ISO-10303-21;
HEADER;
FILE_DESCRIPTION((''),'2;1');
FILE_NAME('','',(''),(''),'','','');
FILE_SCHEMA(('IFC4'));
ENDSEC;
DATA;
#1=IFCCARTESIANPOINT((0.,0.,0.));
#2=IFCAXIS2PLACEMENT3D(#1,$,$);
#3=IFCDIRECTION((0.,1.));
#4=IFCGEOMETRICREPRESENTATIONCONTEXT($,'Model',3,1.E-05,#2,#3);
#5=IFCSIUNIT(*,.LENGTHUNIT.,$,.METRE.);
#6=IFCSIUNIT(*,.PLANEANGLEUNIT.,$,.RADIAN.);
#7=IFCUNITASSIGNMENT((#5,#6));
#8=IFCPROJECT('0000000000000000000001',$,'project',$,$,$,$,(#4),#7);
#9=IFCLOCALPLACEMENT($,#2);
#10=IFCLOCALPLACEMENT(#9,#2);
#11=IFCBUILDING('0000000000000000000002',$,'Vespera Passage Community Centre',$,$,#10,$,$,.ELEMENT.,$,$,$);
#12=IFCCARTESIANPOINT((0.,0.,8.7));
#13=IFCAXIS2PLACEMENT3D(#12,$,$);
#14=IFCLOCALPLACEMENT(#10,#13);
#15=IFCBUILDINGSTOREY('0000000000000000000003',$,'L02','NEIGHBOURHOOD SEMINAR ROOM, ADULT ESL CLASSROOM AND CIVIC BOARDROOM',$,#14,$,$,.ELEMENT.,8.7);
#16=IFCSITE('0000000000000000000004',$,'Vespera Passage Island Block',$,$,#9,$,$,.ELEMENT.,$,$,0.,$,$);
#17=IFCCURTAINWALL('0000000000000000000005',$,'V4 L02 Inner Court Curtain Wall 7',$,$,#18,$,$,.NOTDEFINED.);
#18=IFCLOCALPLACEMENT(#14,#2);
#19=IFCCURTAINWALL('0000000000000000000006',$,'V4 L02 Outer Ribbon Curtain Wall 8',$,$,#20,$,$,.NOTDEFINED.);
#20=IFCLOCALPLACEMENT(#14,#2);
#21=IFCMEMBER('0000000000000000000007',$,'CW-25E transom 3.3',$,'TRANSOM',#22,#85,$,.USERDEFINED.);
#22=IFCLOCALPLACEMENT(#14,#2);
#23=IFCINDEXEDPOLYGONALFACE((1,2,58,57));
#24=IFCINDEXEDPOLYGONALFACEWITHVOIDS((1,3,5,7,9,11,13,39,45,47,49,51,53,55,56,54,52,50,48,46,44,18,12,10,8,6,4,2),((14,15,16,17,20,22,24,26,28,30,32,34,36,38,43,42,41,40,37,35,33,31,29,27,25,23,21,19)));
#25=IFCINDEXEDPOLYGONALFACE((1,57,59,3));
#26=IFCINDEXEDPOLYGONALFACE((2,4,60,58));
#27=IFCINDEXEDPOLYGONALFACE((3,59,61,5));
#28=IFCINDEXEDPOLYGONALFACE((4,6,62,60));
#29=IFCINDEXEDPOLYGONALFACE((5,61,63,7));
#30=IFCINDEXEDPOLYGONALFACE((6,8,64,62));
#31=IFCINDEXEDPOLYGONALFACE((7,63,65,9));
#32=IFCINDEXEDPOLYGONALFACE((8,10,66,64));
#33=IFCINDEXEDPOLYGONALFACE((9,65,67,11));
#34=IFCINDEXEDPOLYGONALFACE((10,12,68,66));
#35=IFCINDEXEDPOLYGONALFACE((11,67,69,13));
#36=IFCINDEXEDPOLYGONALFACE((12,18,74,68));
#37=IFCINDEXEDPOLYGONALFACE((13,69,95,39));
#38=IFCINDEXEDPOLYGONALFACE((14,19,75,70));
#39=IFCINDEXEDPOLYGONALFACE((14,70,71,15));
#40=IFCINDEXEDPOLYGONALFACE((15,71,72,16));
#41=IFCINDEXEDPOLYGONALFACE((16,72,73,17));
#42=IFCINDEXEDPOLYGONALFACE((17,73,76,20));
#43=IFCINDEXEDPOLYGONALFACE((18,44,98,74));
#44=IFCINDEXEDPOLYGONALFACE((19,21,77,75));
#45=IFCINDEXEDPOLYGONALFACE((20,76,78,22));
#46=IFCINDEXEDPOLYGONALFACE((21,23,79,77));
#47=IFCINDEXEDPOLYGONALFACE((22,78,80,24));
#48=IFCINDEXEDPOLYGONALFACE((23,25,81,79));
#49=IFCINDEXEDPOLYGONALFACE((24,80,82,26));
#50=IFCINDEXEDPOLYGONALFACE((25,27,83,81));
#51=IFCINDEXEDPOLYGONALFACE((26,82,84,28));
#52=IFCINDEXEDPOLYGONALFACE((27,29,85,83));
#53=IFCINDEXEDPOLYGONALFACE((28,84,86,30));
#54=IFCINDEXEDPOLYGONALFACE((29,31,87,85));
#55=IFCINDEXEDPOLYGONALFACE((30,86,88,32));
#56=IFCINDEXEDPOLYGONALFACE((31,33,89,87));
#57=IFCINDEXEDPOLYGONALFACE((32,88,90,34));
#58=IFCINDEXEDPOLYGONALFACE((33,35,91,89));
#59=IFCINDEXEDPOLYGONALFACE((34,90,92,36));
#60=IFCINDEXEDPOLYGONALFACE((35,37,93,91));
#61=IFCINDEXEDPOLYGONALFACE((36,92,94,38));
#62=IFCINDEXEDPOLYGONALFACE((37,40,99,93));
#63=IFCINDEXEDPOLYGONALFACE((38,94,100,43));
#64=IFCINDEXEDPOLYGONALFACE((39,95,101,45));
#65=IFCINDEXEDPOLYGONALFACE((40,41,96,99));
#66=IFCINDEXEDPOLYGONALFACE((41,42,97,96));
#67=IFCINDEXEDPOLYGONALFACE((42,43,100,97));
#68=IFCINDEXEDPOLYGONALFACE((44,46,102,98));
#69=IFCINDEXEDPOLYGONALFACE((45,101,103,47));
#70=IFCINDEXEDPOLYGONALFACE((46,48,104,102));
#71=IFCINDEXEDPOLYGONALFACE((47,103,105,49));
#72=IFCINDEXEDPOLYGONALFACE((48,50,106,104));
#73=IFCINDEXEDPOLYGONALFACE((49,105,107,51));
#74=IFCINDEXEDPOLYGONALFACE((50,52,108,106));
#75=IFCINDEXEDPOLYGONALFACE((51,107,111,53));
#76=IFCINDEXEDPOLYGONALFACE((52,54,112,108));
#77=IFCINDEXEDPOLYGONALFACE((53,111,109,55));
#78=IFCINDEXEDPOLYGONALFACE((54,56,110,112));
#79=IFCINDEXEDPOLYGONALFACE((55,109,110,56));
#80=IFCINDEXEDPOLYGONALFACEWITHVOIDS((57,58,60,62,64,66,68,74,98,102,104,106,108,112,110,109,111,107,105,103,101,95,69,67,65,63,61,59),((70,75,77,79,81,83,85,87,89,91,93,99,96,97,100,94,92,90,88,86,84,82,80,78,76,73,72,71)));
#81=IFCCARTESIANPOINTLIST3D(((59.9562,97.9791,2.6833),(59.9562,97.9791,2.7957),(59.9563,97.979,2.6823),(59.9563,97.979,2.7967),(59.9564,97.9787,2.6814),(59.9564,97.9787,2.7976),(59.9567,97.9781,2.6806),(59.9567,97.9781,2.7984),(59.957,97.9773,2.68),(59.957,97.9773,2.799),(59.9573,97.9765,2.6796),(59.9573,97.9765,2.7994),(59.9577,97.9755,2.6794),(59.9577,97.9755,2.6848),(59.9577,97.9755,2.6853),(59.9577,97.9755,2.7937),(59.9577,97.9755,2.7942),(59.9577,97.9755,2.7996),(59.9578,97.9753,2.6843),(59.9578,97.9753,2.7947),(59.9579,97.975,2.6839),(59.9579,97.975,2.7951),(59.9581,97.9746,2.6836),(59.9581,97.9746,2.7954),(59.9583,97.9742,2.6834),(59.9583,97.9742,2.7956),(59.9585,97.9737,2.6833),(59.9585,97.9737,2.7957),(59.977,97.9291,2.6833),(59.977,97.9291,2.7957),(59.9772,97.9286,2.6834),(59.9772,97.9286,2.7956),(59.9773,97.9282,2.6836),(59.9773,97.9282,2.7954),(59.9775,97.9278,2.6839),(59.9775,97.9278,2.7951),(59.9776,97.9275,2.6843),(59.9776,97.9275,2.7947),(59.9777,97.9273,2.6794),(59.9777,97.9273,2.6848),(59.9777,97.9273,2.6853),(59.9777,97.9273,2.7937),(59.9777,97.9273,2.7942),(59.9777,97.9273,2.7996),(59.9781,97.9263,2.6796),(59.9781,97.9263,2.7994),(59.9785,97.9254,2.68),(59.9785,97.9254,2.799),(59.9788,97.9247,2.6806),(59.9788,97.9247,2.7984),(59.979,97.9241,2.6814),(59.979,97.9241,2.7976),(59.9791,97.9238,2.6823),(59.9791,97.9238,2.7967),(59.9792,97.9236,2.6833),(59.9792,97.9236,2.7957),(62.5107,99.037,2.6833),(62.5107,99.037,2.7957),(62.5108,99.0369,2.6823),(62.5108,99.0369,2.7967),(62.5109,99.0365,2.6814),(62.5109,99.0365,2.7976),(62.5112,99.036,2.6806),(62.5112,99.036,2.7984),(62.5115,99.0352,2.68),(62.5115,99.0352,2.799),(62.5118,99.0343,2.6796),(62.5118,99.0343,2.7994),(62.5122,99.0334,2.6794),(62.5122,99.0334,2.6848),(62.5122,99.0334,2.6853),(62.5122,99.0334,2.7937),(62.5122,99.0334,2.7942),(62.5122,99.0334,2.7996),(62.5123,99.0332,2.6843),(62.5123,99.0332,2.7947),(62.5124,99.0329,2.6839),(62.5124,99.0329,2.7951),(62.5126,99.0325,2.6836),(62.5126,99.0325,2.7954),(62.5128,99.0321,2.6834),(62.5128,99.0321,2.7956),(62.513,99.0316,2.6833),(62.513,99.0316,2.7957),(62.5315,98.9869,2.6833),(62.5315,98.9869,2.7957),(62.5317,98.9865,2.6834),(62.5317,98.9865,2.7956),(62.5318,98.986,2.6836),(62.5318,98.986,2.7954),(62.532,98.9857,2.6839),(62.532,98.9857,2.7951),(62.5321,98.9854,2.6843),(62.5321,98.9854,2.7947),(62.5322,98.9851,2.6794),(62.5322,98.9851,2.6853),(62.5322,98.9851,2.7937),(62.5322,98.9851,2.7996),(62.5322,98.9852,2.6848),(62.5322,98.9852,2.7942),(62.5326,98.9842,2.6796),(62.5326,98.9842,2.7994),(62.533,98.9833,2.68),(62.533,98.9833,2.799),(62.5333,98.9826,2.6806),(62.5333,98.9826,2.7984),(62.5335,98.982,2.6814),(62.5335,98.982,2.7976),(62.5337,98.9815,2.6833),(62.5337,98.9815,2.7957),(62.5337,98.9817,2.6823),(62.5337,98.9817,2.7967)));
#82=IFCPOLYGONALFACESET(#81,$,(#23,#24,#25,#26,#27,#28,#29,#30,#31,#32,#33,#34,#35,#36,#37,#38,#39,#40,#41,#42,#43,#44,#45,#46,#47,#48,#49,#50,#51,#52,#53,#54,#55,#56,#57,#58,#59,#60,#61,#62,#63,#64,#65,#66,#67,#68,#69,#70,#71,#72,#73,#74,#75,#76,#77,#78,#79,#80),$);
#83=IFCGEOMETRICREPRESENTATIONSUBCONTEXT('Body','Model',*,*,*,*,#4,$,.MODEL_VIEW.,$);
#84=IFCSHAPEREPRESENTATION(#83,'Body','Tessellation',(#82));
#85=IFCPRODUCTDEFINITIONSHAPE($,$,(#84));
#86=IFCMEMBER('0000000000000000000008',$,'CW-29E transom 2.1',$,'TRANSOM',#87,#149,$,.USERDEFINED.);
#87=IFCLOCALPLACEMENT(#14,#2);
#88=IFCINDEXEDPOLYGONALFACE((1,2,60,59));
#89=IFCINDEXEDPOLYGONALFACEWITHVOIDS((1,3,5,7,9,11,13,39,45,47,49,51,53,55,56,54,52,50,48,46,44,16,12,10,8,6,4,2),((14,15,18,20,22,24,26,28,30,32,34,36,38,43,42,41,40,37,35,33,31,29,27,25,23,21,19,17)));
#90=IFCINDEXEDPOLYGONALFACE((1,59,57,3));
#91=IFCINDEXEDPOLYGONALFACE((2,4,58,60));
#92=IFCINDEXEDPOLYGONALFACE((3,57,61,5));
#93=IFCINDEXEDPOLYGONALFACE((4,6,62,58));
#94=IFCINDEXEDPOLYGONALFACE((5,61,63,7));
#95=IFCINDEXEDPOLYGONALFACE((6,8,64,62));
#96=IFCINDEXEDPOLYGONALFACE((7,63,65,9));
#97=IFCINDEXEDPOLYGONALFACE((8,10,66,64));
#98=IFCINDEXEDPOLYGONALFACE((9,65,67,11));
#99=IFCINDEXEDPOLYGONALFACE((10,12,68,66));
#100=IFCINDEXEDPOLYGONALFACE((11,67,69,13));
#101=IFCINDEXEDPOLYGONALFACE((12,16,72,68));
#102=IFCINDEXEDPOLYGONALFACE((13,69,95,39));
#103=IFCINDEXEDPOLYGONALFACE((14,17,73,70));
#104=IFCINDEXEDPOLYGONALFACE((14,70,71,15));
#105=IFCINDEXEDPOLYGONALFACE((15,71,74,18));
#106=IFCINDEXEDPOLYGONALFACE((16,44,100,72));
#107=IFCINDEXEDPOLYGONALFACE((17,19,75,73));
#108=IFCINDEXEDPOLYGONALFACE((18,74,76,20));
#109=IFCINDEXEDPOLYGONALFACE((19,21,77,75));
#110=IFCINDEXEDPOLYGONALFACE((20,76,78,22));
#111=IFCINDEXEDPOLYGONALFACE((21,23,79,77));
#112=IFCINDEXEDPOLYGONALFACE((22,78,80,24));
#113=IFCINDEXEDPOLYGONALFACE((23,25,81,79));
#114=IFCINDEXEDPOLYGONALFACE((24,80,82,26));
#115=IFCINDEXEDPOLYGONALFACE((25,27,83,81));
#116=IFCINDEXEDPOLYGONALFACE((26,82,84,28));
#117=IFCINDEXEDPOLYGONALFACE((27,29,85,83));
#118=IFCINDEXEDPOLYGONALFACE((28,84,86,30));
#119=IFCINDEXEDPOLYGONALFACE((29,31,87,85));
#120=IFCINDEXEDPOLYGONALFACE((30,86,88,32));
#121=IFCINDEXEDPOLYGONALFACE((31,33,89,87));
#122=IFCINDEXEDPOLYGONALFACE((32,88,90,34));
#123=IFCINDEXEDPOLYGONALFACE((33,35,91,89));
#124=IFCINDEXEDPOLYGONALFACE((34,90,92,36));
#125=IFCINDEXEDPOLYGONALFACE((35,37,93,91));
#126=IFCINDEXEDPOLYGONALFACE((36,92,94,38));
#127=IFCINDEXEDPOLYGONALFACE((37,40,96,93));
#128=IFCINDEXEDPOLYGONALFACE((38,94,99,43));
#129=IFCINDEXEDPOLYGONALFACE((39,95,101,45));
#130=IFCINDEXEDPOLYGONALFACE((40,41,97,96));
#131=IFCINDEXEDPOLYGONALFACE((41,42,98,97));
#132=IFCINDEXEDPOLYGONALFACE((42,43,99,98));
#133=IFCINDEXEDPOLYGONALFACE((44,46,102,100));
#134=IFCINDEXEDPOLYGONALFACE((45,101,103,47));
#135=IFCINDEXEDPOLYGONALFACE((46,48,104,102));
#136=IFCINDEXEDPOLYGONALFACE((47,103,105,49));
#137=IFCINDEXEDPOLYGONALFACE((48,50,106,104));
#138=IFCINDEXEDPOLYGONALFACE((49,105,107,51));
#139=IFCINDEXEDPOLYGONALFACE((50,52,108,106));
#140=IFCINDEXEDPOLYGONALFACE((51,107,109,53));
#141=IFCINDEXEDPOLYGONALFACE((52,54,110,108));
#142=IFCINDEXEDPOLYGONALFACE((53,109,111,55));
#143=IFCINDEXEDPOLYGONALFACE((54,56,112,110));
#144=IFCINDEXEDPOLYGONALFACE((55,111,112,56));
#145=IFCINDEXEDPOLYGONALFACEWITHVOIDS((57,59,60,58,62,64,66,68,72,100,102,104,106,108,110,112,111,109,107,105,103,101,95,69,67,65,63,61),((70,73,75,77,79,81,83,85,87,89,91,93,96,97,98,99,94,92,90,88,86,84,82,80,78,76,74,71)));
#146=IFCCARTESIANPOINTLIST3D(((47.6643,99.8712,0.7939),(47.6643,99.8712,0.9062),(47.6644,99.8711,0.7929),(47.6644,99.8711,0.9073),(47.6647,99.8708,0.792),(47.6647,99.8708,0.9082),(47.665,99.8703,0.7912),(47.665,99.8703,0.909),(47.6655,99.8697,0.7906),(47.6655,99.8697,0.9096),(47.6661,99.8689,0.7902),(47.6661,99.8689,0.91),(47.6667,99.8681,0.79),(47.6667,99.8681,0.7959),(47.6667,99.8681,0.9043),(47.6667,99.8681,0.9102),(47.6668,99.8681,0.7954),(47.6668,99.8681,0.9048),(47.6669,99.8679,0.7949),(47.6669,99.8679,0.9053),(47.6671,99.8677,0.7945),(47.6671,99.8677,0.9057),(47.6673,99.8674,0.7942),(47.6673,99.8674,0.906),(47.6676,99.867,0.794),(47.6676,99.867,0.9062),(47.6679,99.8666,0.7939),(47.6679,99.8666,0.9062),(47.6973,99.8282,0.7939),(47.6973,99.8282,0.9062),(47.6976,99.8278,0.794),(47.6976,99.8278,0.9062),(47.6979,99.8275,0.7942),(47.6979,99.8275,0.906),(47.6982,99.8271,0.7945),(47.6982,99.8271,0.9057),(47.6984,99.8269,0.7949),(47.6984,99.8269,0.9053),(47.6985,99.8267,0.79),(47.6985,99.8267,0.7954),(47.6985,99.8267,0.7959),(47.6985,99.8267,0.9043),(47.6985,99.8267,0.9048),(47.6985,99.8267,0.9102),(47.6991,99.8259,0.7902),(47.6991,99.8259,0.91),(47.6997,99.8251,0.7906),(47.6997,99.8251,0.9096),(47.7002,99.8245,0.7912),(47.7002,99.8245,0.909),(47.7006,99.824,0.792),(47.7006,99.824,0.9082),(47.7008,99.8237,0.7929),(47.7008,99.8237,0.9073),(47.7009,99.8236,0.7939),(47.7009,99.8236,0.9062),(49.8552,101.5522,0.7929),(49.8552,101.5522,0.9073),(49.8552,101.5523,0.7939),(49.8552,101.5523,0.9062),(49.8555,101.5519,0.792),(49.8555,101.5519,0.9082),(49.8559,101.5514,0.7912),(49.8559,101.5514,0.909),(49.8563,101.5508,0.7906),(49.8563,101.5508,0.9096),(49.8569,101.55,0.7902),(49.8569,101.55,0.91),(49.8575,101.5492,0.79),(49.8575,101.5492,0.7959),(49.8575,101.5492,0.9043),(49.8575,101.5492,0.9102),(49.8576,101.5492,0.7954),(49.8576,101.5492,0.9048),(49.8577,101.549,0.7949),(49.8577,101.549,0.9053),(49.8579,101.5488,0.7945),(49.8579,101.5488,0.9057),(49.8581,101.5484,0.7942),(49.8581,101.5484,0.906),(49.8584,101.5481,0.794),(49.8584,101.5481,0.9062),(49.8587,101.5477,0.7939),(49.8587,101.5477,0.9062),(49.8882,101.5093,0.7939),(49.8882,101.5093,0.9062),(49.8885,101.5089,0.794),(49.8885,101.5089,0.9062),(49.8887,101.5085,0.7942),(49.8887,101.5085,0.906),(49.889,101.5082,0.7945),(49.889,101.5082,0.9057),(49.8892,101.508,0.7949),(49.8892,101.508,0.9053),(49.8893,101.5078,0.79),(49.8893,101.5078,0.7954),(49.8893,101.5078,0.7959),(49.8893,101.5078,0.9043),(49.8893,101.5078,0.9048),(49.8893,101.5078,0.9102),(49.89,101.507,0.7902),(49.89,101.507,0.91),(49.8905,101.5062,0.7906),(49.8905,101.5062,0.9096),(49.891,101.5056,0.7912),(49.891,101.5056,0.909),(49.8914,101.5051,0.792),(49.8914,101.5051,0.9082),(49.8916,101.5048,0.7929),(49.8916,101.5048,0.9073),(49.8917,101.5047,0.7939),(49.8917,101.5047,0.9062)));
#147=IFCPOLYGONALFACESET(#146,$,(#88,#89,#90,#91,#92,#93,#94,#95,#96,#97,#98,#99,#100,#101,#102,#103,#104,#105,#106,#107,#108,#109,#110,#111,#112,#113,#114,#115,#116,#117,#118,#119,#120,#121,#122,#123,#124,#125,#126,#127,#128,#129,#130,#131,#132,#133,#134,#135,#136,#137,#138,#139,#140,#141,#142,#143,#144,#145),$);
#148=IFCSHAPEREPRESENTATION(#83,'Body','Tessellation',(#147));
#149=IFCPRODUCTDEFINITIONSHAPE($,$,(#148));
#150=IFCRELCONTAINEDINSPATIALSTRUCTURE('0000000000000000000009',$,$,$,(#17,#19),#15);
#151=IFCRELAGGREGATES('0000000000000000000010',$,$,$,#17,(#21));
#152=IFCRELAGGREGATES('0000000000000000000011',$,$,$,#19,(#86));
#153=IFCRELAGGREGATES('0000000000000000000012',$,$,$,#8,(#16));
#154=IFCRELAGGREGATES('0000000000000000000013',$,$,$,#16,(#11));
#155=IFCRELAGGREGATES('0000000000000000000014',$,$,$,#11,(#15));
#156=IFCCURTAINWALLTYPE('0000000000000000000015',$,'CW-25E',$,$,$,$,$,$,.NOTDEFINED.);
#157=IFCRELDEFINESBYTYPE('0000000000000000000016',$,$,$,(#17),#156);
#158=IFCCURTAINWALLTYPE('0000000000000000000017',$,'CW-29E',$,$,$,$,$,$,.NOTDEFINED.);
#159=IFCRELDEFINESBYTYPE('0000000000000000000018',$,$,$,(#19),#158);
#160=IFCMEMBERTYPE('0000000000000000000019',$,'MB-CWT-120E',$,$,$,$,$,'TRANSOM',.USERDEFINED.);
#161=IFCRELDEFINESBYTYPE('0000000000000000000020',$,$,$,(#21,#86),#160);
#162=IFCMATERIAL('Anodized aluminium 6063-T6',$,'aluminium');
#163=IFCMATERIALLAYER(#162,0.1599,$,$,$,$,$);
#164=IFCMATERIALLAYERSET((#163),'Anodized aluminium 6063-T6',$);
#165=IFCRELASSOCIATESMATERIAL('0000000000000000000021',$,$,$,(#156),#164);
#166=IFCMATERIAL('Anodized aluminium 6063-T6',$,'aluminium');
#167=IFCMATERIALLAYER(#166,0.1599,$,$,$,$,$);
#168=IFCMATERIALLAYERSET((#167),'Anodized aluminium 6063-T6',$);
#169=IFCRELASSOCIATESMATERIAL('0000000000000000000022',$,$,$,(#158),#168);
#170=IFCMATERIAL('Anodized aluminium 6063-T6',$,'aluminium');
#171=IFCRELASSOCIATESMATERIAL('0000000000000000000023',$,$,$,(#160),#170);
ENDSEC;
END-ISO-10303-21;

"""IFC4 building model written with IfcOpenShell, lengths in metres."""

from ifc_helpers import new_model, si_unit, direction, frame, origin, origin_2d, place, context, subcontext, project, spatial, hollow_rectangle, extrude, material, layer, layer_set, material_profile, profile_set, type_object, element, aggregate, save


model = new_model("IFC4")

# Units and contexts
model_context = context("Model", 3, precision=1e-05, world=origin(), true_north=direction((0.0, 1.0)))
body_context = subcontext(model_context, "Body", "Model", "MODEL_VIEW")
ifc_project = project(units=[si_unit("LENGTHUNIT", "METRE"), si_unit("PLANEANGLEUNIT", "RADIAN")], contexts=[model_context])

# Site, building, storey
site_placement = place(None, origin())
site = spatial("IfcSite", under=ifc_project, at=site_placement, Name="Vespera Passage Island Block", CompositionType="ELEMENT", RefElevation=0.0)
building_placement = place(site_placement, origin())
building = spatial("IfcBuilding", under=site, at=building_placement, Name="Vespera Passage Community Centre", CompositionType="ELEMENT")
storey_placement = place(building_placement, frame((0.0, 0.0, 8.7)))
storey = spatial("IfcBuildingStorey", under=building, at=storey_placement, Name="L02", Description="NEIGHBOURHOOD SEMINAR ROOM, ADULT ESL CLASSROOM AND CIVIC BOARDROOM", CompositionType="ELEMENT", Elevation=8.7)

# Curtain walls
ifc_material_1 = material(Name="Anodized aluminium 6063-T6", Category="aluminium")
ifc_layer_1 = layer(ifc_material_1, 0.1599)
ifc_layer_set_1 = layer_set([ifc_layer_1], Name="Anodized aluminium 6063-T6")
curtain_wall_type_1 = type_object("IfcCurtainWallType", Name="CW-25E", PredefinedType="NOTDEFINED", material=ifc_layer_set_1)
curtain_wall_1_placement = place(storey_placement, origin())
curtain_wall_1 = element("IfcCurtainWall", 1, at=curtain_wall_1_placement, inside=storey, type_object=curtain_wall_type_1, Name="V4 L02 Inner Court Curtain Wall 7", PredefinedType="NOTDEFINED")
ifc_material_2 = material(Name="Anodized aluminium 6063-T6", Category="aluminium")
ifc_layer_2 = layer(ifc_material_2, 0.1599)
ifc_layer_set_2 = layer_set([ifc_layer_2], Name="Anodized aluminium 6063-T6")
curtain_wall_type_2 = type_object("IfcCurtainWallType", Name="CW-29E", PredefinedType="NOTDEFINED", material=ifc_layer_set_2)
curtain_wall_2_placement = place(storey_placement, origin())
curtain_wall_2 = element("IfcCurtainWall", 2, at=curtain_wall_2_placement, inside=storey, type_object=curtain_wall_type_2, Name="V4 L02 Outer Ribbon Curtain Wall 8", PredefinedType="NOTDEFINED")

# Members
ifc_material_3 = material(Name="Anodized aluminium 6063-T6", Category="aluminium")
ifc_material_profile_1 = material_profile(ifc_material_3, hollow_rectangle(XDim=0.0601, YDim=0.1201, WallThickness=0.0039, InnerFilletRadius=0.002, OuterFilletRadius=0.0039, at=origin_2d()), Name="ALU120X60X4")
ifc_profile_set_1 = profile_set([ifc_material_profile_1], Name="Anodized aluminium 6063-T6")
member_type_1 = type_object("IfcMemberType", Name="MB-CWT-120E", ElementType="TRANSOM", PredefinedType="USERDEFINED", material=ifc_profile_set_1)
member_1_placement = place(storey_placement, frame((62.5222, 99.0093, 2.7395), z_axis=(-0.923908, -0.382614, 0.0), x_axis=(0.382614, -0.923908, 0.0)))
member_1 = element("IfcMember", 3, at=member_1_placement, type_object=member_type_1, Name="CW-25E transom 3.3", ObjectType="TRANSOM", PredefinedType="USERDEFINED", context=body_context, shape_type="SweptSolid", body=[
    extrude(hollow_rectangle(XDim=0.0601, YDim=0.1201, WallThickness=0.0039, InnerFilletRadius=0.002, OuterFilletRadius=0.0039, at=origin_2d()), origin(), (0.0, 0.0, 1.0), 2.7649),
])
member_2_placement = place(storey_placement, frame((47.6826, 99.8474, 0.8501), z_axis=(0.793353, 0.608762, 0.0), x_axis=(-0.608762, 0.793353, 0.0)))
member_2 = element("IfcMember", 4, at=member_2_placement, type_object=member_type_1, Name="CW-29E transom 2.1", ObjectType="TRANSOM", PredefinedType="USERDEFINED", context=body_context, shape_type="SweptSolid", body=[
    extrude(hollow_rectangle(XDim=0.0601, YDim=0.1201, WallThickness=0.0039, InnerFilletRadius=0.002, OuterFilletRadius=0.0039, at=origin_2d()), origin(), (0.0, 0.0, 1.0), 2.7615),
])

aggregate(curtain_wall_1, [member_1])
aggregate(curtain_wall_2, [member_2])

save(model, "model.ifc")
